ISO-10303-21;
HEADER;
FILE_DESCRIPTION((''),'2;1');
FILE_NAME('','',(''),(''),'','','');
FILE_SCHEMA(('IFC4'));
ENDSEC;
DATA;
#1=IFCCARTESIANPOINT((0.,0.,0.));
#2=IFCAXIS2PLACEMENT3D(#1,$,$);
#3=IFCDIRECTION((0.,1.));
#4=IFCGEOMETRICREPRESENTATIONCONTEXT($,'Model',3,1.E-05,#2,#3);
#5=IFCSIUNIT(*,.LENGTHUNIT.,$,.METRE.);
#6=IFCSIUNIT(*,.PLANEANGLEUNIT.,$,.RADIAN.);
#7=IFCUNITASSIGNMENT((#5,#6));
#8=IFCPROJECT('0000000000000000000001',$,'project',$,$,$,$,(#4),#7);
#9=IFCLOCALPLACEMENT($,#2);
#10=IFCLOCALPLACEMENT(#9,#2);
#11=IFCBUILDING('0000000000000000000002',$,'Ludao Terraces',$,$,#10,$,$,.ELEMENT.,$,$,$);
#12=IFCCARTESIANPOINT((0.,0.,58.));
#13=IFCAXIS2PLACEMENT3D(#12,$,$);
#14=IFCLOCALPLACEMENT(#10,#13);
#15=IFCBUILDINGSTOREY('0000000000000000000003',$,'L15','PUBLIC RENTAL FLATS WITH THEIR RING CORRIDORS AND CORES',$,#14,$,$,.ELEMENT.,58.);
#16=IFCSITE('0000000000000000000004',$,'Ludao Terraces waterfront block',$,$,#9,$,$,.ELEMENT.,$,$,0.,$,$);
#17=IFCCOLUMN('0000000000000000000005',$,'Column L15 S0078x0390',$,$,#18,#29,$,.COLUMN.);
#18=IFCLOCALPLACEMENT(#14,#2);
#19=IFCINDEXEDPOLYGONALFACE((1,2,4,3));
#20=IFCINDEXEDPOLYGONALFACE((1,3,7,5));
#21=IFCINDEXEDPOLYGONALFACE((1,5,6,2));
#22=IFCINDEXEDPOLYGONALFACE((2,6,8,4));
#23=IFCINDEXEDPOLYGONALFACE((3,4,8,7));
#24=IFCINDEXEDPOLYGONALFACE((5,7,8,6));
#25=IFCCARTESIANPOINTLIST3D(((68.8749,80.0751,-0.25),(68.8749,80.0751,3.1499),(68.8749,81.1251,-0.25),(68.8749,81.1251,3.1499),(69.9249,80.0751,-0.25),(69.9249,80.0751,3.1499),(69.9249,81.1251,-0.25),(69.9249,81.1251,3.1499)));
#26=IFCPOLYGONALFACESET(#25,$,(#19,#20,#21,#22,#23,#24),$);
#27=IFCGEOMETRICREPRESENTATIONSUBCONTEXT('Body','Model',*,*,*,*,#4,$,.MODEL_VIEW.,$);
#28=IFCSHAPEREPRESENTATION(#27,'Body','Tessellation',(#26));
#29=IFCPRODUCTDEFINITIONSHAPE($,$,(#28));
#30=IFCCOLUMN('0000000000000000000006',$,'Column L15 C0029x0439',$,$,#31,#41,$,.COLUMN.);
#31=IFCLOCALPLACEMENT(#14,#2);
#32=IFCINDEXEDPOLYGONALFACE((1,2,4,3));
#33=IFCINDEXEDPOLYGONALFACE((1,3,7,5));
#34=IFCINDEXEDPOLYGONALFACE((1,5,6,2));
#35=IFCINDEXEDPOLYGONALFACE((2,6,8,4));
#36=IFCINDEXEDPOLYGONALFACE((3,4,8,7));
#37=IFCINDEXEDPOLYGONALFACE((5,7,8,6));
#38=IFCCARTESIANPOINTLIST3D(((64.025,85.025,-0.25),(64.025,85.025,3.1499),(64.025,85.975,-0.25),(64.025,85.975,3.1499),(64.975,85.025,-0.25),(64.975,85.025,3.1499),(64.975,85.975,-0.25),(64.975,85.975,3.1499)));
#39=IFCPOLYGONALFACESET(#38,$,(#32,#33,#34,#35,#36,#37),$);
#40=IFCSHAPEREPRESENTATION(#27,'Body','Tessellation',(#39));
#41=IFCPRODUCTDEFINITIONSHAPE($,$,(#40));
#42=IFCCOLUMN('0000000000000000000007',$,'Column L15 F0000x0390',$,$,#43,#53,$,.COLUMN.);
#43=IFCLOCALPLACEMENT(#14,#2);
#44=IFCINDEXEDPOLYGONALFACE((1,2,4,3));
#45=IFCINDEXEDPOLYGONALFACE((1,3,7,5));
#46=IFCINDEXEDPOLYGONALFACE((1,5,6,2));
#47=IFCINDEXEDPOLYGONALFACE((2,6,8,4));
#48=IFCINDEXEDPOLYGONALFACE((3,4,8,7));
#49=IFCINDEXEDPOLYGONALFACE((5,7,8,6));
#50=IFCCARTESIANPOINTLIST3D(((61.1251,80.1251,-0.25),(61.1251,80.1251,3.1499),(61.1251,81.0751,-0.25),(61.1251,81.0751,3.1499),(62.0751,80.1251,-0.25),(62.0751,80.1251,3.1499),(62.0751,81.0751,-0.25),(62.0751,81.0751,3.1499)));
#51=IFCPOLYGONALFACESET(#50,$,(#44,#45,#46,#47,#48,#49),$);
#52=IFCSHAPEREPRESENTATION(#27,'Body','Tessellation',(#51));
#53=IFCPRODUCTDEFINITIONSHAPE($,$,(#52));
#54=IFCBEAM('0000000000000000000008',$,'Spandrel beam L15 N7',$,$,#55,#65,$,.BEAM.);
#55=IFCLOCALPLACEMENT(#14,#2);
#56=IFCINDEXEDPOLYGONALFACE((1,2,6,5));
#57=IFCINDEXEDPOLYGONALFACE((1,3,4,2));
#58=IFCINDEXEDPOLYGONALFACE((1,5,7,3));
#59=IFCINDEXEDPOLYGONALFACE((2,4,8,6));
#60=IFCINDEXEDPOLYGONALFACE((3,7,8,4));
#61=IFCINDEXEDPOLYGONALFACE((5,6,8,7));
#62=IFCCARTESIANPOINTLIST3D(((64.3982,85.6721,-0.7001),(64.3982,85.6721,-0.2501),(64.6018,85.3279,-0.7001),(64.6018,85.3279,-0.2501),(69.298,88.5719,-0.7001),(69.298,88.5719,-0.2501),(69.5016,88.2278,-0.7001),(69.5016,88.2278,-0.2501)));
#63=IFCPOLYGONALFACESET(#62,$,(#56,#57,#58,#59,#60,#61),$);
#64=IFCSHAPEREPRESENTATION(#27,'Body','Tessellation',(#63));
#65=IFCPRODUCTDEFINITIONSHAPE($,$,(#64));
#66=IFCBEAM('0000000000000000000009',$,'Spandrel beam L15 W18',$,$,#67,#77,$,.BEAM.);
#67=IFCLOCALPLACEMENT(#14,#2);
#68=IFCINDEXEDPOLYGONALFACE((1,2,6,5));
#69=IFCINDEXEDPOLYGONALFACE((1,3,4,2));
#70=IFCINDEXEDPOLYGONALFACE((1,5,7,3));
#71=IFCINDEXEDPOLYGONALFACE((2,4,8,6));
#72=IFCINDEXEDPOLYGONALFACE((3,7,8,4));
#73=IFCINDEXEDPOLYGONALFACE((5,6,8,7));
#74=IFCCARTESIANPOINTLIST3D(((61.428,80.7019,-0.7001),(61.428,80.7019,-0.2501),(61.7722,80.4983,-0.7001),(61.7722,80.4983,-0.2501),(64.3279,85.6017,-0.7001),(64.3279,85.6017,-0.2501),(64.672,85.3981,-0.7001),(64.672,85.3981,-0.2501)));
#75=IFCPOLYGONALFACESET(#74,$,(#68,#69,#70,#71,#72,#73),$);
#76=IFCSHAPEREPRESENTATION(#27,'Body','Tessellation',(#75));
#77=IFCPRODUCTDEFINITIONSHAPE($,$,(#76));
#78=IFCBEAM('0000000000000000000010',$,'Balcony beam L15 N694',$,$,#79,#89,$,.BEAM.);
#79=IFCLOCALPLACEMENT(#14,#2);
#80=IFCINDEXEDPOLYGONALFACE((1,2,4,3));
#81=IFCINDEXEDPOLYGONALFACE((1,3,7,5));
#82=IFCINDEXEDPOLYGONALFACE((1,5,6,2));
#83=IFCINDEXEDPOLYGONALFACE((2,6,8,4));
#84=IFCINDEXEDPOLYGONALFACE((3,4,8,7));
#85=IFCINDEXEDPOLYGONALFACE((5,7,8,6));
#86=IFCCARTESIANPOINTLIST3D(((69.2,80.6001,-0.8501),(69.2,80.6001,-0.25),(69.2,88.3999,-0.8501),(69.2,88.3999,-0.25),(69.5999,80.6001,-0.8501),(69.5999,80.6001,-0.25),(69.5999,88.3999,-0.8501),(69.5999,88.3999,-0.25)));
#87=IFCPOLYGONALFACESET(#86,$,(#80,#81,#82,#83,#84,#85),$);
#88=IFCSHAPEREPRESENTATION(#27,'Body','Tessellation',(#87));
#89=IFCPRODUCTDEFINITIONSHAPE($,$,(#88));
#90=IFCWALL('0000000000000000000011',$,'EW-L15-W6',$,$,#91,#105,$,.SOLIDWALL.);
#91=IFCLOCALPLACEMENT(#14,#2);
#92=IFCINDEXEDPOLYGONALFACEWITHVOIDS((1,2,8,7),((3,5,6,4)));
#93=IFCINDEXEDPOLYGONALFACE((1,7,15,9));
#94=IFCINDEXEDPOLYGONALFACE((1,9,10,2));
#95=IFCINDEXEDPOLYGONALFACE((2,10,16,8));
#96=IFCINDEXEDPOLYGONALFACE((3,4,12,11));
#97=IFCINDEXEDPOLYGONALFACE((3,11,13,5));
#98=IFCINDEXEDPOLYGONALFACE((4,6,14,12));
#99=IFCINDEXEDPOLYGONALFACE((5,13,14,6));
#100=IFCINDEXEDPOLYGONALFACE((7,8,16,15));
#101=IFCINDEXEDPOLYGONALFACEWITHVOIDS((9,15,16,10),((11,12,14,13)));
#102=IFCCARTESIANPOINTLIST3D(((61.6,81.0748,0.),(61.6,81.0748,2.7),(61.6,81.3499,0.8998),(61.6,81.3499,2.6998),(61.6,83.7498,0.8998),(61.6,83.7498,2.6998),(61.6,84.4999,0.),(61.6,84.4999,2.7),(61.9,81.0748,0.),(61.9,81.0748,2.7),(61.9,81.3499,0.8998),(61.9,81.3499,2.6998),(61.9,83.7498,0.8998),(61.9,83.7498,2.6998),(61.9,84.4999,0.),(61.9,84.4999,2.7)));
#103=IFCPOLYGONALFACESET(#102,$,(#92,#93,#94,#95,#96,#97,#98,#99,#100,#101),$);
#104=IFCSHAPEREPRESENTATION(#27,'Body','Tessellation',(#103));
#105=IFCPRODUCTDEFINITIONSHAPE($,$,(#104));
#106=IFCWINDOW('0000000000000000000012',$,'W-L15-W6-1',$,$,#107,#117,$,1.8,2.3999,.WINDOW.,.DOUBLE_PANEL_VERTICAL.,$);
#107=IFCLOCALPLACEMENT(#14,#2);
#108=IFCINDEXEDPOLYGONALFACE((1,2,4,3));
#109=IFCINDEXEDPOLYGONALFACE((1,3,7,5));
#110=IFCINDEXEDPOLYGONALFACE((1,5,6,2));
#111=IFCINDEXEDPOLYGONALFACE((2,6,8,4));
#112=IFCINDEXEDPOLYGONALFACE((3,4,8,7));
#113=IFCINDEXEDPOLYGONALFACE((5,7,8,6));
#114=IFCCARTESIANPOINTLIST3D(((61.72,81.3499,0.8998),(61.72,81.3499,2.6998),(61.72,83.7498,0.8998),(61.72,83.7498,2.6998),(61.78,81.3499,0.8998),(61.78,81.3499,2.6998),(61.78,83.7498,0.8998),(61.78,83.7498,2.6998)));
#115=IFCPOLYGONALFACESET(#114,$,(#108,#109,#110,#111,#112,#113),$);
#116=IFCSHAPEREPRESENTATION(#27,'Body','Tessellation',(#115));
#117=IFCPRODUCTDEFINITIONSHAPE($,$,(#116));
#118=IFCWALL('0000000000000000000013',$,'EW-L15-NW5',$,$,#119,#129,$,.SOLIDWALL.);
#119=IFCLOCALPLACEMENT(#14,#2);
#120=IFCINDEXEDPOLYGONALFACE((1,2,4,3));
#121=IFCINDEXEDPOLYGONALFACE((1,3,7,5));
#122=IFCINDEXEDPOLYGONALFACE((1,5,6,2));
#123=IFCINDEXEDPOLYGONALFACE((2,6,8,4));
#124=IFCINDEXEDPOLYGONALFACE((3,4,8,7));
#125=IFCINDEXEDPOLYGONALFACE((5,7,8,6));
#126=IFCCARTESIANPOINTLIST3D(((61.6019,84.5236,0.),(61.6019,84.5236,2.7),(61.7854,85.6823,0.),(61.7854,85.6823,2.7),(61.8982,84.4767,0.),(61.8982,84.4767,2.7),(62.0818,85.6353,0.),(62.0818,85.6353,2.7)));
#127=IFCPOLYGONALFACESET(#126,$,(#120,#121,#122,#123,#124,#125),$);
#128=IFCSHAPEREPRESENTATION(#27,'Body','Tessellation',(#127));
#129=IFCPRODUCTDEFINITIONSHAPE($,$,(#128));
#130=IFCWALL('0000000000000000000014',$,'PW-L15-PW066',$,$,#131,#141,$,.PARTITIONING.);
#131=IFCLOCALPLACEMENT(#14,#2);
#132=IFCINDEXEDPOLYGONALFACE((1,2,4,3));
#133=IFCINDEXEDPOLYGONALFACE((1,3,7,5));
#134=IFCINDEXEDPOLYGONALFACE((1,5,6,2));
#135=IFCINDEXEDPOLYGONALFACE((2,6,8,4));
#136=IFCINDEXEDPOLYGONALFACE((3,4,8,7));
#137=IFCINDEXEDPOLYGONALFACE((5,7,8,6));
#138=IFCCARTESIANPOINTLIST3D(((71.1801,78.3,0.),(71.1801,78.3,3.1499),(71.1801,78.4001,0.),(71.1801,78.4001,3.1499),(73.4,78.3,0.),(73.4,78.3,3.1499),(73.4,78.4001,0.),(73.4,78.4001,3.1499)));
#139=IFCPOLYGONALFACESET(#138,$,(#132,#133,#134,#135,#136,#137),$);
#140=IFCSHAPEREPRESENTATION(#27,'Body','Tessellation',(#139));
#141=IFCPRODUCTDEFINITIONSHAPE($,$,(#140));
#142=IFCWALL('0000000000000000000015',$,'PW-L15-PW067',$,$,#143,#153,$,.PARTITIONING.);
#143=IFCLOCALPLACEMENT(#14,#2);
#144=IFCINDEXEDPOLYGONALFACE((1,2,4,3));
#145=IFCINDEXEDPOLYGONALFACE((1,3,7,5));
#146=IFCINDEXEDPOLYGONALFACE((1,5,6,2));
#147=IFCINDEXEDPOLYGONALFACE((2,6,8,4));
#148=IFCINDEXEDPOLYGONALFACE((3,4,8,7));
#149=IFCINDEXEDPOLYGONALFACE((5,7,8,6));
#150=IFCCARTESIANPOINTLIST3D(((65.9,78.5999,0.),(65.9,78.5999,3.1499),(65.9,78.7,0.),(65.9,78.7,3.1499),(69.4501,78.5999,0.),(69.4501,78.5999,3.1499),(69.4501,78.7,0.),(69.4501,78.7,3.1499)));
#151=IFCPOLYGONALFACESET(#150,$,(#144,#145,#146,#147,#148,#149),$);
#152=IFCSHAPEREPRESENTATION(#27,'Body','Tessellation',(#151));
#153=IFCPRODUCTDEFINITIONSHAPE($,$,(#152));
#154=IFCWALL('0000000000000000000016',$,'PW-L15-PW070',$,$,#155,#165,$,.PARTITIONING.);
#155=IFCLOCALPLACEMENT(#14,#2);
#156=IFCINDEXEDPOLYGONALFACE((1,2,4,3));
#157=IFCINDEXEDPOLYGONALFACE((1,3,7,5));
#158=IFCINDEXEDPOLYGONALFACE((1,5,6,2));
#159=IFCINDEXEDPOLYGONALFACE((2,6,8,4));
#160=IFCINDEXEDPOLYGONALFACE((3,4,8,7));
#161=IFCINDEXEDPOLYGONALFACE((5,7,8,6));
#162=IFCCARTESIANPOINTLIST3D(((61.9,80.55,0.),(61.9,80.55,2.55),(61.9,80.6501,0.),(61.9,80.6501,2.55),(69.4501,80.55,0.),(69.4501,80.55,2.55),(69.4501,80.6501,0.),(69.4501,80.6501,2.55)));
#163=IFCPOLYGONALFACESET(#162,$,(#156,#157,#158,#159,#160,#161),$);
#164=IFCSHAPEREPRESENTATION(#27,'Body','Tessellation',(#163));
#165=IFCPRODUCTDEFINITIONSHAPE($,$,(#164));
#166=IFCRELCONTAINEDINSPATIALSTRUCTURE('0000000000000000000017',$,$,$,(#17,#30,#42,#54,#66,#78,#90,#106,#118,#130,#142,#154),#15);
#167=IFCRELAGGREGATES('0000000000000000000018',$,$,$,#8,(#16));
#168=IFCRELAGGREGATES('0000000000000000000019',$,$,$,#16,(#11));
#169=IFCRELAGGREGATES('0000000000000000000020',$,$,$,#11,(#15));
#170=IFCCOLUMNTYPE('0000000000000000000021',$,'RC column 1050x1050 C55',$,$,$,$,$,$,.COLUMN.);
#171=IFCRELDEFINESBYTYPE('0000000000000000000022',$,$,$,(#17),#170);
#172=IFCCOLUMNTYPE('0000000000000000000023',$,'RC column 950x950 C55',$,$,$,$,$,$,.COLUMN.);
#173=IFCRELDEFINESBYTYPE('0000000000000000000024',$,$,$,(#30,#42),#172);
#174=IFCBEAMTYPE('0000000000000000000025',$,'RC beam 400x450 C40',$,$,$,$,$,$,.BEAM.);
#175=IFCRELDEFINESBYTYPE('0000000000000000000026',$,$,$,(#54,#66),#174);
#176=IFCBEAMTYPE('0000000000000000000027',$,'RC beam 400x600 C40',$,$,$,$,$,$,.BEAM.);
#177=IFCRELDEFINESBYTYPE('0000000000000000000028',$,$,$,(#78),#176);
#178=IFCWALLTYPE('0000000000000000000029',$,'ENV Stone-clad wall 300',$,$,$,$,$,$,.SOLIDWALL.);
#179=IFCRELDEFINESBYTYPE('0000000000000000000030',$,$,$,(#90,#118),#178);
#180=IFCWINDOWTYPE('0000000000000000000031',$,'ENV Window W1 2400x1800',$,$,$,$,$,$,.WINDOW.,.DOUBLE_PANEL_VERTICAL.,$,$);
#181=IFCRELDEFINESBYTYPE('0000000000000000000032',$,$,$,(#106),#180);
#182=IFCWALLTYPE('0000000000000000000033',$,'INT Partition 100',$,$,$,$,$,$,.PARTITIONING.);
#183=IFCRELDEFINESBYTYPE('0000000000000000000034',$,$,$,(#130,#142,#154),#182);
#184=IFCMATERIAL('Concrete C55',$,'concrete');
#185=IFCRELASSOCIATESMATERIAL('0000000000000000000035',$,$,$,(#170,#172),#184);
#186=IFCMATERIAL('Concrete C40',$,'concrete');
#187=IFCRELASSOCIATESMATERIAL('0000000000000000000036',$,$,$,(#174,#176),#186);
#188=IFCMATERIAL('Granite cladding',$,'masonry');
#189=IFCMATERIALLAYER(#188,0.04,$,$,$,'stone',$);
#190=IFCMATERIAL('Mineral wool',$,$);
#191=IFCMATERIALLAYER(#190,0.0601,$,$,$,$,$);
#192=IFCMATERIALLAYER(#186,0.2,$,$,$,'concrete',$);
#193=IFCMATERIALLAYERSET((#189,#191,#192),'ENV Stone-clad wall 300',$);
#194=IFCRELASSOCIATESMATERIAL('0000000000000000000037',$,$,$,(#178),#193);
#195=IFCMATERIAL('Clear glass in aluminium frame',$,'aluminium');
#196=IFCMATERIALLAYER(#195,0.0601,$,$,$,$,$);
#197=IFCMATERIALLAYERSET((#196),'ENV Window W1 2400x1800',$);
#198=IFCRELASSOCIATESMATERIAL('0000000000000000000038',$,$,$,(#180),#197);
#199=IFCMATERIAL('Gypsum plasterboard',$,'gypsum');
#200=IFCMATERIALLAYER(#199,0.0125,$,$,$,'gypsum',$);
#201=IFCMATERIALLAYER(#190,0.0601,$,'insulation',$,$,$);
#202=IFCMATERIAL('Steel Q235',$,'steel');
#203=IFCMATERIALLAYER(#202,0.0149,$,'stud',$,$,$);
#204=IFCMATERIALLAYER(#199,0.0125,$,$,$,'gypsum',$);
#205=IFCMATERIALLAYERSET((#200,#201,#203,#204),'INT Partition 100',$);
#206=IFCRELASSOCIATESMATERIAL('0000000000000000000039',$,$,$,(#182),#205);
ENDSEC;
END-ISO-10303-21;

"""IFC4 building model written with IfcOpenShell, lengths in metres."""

from ifc_helpers import new_model, si_unit, direction, frame, frame_2d, origin, origin_2d, place, context, subcontext, project, spatial, rectangle, extrude, material, layer, layer_set, material_profile, profile_set, type_object, element, fill, save


model = new_model("IFC4")

# Units and contexts
model_context = context("Model", 3, precision=1e-05, world=origin(), true_north=direction((0.0, 1.0)))
body_context = subcontext(model_context, "Body", "Model", "MODEL_VIEW")
ifc_project = project(units=[si_unit("LENGTHUNIT", "METRE"), si_unit("PLANEANGLEUNIT", "RADIAN")], contexts=[model_context])

# Site, building, storey
site_placement = place(None, origin())
site = spatial("IfcSite", under=ifc_project, at=site_placement, Name="Ludao Terraces waterfront block", CompositionType="ELEMENT", RefElevation=0.0)
building_placement = place(site_placement, origin())
building = spatial("IfcBuilding", under=site, at=building_placement, Name="Ludao Terraces", CompositionType="ELEMENT")
storey_placement = place(building_placement, frame((0.0, 0.0, 58.0)))
storey = spatial("IfcBuildingStorey", under=building, at=storey_placement, Name="L15", Description="PUBLIC RENTAL FLATS WITH THEIR RING CORRIDORS AND CORES", CompositionType="ELEMENT", Elevation=58.0)

# Columns
ifc_material_1 = material(Name="Concrete C55", Category="concrete")
ifc_material_profile_1 = material_profile(ifc_material_1, rectangle(XDim=1.05, YDim=1.05, at=origin_2d()), Name="1050 X 1050")
ifc_profile_set_1 = profile_set([ifc_material_profile_1], Name="Concrete C55")
column_type_1 = type_object("IfcColumnType", Name="RC column 1050x1050 C55", PredefinedType="COLUMN", material=ifc_profile_set_1)
column_placement = place(storey_placement, frame((69.3999, 80.6001, -0.25), z_axis=(0.0, 0.0, 1.0), x_axis=(1.0, 0.0, 0.0)))
element("IfcColumn", 1, at=column_placement, inside=storey, type_object=column_type_1, Name="Column L15 S0078x0390", PredefinedType="COLUMN", context=body_context, shape_type="SweptSolid", body=[
    extrude(rectangle(XDim=1.05, YDim=1.05, at=origin_2d()), origin(), (0.0, 0.0, 1.0), 3.3999),
])
ifc_material_profile_2 = material_profile(ifc_material_1, rectangle(XDim=0.95, YDim=0.95, at=origin_2d()), Name="950 X 950")
ifc_profile_set_2 = profile_set([ifc_material_profile_2], Name="Concrete C55")
column_type_2 = type_object("IfcColumnType", Name="RC column 950x950 C55", PredefinedType="COLUMN", material=ifc_profile_set_2)
for number, where, z_axis, x_axis, name in (
    (2, (64.5, 85.5, -0.25), (0.0, 0.0, 1.0), (1.0, 0.0, 0.0), "Column L15 C0029x0439"),
    (3, (61.6001, 80.6001, -0.25), (0.0, 0.0, 1.0), (1.0, 0.0, 0.0), "Column L15 F0000x0390"),
):
    element("IfcColumn", number, at=place(storey_placement, frame(where, z_axis=z_axis, x_axis=x_axis)), inside=storey, type_object=column_type_2, Name=name, PredefinedType="COLUMN", context=body_context, shape_type="SweptSolid", body=[
        extrude(rectangle(XDim=0.95, YDim=0.95, at=origin_2d()), origin(), (0.0, 0.0, 1.0), 3.3999),
    ])

# Beams
ifc_material_2 = material(Name="Concrete C40", Category="concrete")
ifc_material_profile_3 = material_profile(ifc_material_2, rectangle(XDim=0.3999, YDim=0.45, at=origin_2d()), Name="400 X 450")
ifc_profile_set_3 = profile_set([ifc_material_profile_3], Name="Concrete C40")
beam_type_1 = type_object("IfcBeamType", Name="RC beam 400x450 C40", PredefinedType="BEAM", material=ifc_profile_set_3)
for number, where, z_axis, x_axis, name in (
    (4, (64.5, 85.5, -0.4751), (0.86058, 0.509316, 0.0), (-0.509316, 0.86058, 0.0), "Spandrel beam L15 N7"),
    (5, (61.6001, 80.6001, -0.4751), (0.509316, 0.86058, 0.0), (-0.86058, 0.509316, 0.0), "Spandrel beam L15 W18"),
):
    element("IfcBeam", number, at=place(storey_placement, frame(where, z_axis=z_axis, x_axis=x_axis)), inside=storey, type_object=beam_type_1, Name=name, PredefinedType="BEAM", context=body_context, shape_type="SweptSolid", body=[
        extrude(rectangle(XDim=0.3999, YDim=0.45, at=origin_2d()), origin(), (0.0, 0.0, 1.0), 5.6936),
    ])
ifc_material_profile_4 = material_profile(ifc_material_2, rectangle(XDim=0.3999, YDim=0.6001, at=origin_2d()), Name="400 X 600")
ifc_profile_set_4 = profile_set([ifc_material_profile_4], Name="Concrete C40")
beam_type_2 = type_object("IfcBeamType", Name="RC beam 400x600 C40", PredefinedType="BEAM", material=ifc_profile_set_4)
beam_placement = place(storey_placement, frame((69.3999, 80.6001, -0.55), z_axis=(0.0, 1.0, 0.0), x_axis=(-1.0, 0.0, 0.0)))
element("IfcBeam", 6, at=beam_placement, inside=storey, type_object=beam_type_2, Name="Balcony beam L15 N694", PredefinedType="BEAM", context=body_context, shape_type="SweptSolid", body=[
    extrude(rectangle(XDim=0.3999, YDim=0.6001, at=origin_2d()), origin(), (0.0, 0.0, 1.0), 7.7998),
])

# Wall, opening, window
ifc_material_3 = material(Name="Granite cladding", Category="masonry")
ifc_layer_1 = layer(ifc_material_3, 0.04, Category="stone")
ifc_material_4 = material(Name="Mineral wool")
ifc_layer_2 = layer(ifc_material_4, 0.0601)
ifc_layer_3 = layer(ifc_material_2, 0.2, Category="concrete")
ifc_layer_set_1 = layer_set([ifc_layer_1, ifc_layer_2, ifc_layer_3], Name="ENV Stone-clad wall 300")
wall_type_1 = type_object("IfcWallType", Name="ENV Stone-clad wall 300", PredefinedType="SOLIDWALL", material=ifc_layer_set_1)
wall_1_placement = place(storey_placement, frame((61.75, 81.075, 0.0), z_axis=(0.0, 0.0, 1.0), x_axis=(0.0, 1.0, 0.0)))
wall_1 = element("IfcWall", 7, at=wall_1_placement, inside=storey, type_object=wall_type_1, Name="EW-L15-W6", PredefinedType="SOLIDWALL", context=body_context, shape_type="SweptSolid", body=[
    extrude(rectangle(XDim=3.425, YDim=0.3, at=frame_2d((1.7124, 0.0))), origin(), (0.0, 0.0, 1.0), 2.7),
])
opening_1_placement = place(wall_1_placement, frame((0.2749, 0.0, 0.8999)))
opening_1 = element("IfcOpeningElement", 8, at=opening_1_placement, cuts=wall_1, PredefinedType="OPENING", context=body_context, shape_type="SweptSolid", body=[
    extrude(rectangle(XDim=2.3999, YDim=1.8, at=frame_2d((1.2, 0.8999))), frame((0.0, 0.1602, 0.0), z_axis=(0.0, -1.0, 0.0), x_axis=(1.0, 0.0, 0.0)), (0.0, 0.0, 1.0), 0.3201),
])
ifc_material_5 = material(Name="Clear glass in aluminium frame", Category="aluminium")
ifc_layer_4 = layer(ifc_material_5, 0.0601)
ifc_layer_set_2 = layer_set([ifc_layer_4], Name="ENV Window W1 2400x1800")
window_type = type_object("IfcWindowType", Name="ENV Window W1 2400x1800", PartitioningType="DOUBLE_PANEL_VERTICAL", PredefinedType="WINDOW", material=ifc_layer_set_2)
window_placement = place(opening_1_placement, origin())
window = element("IfcWindow", 9, at=window_placement, inside=storey, type_object=window_type, Name="W-L15-W6-1", OverallHeight=1.8, OverallWidth=2.3999, PartitioningType="DOUBLE_PANEL_VERTICAL", PredefinedType="WINDOW", context=body_context, shape_type="SweptSolid", body=[
    extrude(rectangle(XDim=2.3999, YDim=1.8, at=frame_2d((1.2, 0.8999))), frame((0.0, 0.03, 0.0), z_axis=(0.0, -1.0, 0.0), x_axis=(1.0, 0.0, 0.0)), (0.0, 0.0, 1.0), 0.0601),
])
fill(opening_1, window)

# Walls
wall_2_placement = place(storey_placement, frame((61.9336, 85.6587, 0.0), z_axis=(0.0, 0.0, 1.0), x_axis=(-0.156497, -0.987678, 0.0)))
element("IfcWall", 10, at=wall_2_placement, inside=storey, type_object=wall_type_1, Name="EW-L15-NW5", PredefinedType="SOLIDWALL", context=body_context, shape_type="SweptSolid", body=[
    extrude(rectangle(XDim=1.1731, YDim=0.3, at=frame_2d((0.5864, 0.0))), origin(), (0.0, 0.0, 1.0), 2.7),
])
ifc_material_6 = material(Name="Gypsum plasterboard", Category="gypsum")
ifc_layer_5 = layer(ifc_material_6, 0.0125, Category="gypsum")
ifc_layer_6 = layer(ifc_material_4, 0.0601, Name="insulation")
ifc_material_7 = material(Name="Steel Q235", Category="steel")
ifc_layer_7 = layer(ifc_material_7, 0.0149, Name="stud")
ifc_layer_8 = layer(ifc_material_6, 0.0125, Category="gypsum")
ifc_layer_set_3 = layer_set([ifc_layer_5, ifc_layer_6, ifc_layer_7, ifc_layer_8], Name="INT Partition 100")
wall_type_2 = type_object("IfcWallType", Name="INT Partition 100", PredefinedType="PARTITIONING", material=ifc_layer_set_3)
wall_3_placement = place(storey_placement, frame((71.1802, 78.3501, 0.0), z_axis=(0.0, 0.0, 1.0), x_axis=(1.0, 0.0, 0.0)))
element("IfcWall", 11, at=wall_3_placement, inside=storey, type_object=wall_type_2, Name="PW-L15-PW066", PredefinedType="PARTITIONING", context=body_context, shape_type="SweptSolid", body=[
    extrude(rectangle(XDim=2.22, YDim=0.1001, at=frame_2d((1.1099, 0.0))), origin(), (0.0, 0.0, 1.0), 3.1499),
])
wall_4_placement = place(storey_placement, frame((65.9001, 78.6499, 0.0), z_axis=(0.0, 0.0, 1.0), x_axis=(1.0, 0.0, 0.0)))
element("IfcWall", 12, at=wall_4_placement, inside=storey, type_object=wall_type_2, Name="PW-L15-PW067", PredefinedType="PARTITIONING", context=body_context, shape_type="SweptSolid", body=[
    extrude(rectangle(XDim=3.55, YDim=0.1001, at=frame_2d((1.7749, 0.0))), origin(), (0.0, 0.0, 1.0), 3.1499),
])
wall_5_placement = place(storey_placement, frame((61.9001, 80.6001, 0.0), z_axis=(0.0, 0.0, 1.0), x_axis=(1.0, 0.0, 0.0)))
element("IfcWall", 13, at=wall_5_placement, inside=storey, type_object=wall_type_2, Name="PW-L15-PW070", PredefinedType="PARTITIONING", context=body_context, shape_type="SweptSolid", body=[
    extrude(rectangle(XDim=7.55, YDim=0.1001, at=frame_2d((3.7749, 0.0))), origin(), (0.0, 0.0, 1.0), 2.55),
])

save(model, "model.ifc")
